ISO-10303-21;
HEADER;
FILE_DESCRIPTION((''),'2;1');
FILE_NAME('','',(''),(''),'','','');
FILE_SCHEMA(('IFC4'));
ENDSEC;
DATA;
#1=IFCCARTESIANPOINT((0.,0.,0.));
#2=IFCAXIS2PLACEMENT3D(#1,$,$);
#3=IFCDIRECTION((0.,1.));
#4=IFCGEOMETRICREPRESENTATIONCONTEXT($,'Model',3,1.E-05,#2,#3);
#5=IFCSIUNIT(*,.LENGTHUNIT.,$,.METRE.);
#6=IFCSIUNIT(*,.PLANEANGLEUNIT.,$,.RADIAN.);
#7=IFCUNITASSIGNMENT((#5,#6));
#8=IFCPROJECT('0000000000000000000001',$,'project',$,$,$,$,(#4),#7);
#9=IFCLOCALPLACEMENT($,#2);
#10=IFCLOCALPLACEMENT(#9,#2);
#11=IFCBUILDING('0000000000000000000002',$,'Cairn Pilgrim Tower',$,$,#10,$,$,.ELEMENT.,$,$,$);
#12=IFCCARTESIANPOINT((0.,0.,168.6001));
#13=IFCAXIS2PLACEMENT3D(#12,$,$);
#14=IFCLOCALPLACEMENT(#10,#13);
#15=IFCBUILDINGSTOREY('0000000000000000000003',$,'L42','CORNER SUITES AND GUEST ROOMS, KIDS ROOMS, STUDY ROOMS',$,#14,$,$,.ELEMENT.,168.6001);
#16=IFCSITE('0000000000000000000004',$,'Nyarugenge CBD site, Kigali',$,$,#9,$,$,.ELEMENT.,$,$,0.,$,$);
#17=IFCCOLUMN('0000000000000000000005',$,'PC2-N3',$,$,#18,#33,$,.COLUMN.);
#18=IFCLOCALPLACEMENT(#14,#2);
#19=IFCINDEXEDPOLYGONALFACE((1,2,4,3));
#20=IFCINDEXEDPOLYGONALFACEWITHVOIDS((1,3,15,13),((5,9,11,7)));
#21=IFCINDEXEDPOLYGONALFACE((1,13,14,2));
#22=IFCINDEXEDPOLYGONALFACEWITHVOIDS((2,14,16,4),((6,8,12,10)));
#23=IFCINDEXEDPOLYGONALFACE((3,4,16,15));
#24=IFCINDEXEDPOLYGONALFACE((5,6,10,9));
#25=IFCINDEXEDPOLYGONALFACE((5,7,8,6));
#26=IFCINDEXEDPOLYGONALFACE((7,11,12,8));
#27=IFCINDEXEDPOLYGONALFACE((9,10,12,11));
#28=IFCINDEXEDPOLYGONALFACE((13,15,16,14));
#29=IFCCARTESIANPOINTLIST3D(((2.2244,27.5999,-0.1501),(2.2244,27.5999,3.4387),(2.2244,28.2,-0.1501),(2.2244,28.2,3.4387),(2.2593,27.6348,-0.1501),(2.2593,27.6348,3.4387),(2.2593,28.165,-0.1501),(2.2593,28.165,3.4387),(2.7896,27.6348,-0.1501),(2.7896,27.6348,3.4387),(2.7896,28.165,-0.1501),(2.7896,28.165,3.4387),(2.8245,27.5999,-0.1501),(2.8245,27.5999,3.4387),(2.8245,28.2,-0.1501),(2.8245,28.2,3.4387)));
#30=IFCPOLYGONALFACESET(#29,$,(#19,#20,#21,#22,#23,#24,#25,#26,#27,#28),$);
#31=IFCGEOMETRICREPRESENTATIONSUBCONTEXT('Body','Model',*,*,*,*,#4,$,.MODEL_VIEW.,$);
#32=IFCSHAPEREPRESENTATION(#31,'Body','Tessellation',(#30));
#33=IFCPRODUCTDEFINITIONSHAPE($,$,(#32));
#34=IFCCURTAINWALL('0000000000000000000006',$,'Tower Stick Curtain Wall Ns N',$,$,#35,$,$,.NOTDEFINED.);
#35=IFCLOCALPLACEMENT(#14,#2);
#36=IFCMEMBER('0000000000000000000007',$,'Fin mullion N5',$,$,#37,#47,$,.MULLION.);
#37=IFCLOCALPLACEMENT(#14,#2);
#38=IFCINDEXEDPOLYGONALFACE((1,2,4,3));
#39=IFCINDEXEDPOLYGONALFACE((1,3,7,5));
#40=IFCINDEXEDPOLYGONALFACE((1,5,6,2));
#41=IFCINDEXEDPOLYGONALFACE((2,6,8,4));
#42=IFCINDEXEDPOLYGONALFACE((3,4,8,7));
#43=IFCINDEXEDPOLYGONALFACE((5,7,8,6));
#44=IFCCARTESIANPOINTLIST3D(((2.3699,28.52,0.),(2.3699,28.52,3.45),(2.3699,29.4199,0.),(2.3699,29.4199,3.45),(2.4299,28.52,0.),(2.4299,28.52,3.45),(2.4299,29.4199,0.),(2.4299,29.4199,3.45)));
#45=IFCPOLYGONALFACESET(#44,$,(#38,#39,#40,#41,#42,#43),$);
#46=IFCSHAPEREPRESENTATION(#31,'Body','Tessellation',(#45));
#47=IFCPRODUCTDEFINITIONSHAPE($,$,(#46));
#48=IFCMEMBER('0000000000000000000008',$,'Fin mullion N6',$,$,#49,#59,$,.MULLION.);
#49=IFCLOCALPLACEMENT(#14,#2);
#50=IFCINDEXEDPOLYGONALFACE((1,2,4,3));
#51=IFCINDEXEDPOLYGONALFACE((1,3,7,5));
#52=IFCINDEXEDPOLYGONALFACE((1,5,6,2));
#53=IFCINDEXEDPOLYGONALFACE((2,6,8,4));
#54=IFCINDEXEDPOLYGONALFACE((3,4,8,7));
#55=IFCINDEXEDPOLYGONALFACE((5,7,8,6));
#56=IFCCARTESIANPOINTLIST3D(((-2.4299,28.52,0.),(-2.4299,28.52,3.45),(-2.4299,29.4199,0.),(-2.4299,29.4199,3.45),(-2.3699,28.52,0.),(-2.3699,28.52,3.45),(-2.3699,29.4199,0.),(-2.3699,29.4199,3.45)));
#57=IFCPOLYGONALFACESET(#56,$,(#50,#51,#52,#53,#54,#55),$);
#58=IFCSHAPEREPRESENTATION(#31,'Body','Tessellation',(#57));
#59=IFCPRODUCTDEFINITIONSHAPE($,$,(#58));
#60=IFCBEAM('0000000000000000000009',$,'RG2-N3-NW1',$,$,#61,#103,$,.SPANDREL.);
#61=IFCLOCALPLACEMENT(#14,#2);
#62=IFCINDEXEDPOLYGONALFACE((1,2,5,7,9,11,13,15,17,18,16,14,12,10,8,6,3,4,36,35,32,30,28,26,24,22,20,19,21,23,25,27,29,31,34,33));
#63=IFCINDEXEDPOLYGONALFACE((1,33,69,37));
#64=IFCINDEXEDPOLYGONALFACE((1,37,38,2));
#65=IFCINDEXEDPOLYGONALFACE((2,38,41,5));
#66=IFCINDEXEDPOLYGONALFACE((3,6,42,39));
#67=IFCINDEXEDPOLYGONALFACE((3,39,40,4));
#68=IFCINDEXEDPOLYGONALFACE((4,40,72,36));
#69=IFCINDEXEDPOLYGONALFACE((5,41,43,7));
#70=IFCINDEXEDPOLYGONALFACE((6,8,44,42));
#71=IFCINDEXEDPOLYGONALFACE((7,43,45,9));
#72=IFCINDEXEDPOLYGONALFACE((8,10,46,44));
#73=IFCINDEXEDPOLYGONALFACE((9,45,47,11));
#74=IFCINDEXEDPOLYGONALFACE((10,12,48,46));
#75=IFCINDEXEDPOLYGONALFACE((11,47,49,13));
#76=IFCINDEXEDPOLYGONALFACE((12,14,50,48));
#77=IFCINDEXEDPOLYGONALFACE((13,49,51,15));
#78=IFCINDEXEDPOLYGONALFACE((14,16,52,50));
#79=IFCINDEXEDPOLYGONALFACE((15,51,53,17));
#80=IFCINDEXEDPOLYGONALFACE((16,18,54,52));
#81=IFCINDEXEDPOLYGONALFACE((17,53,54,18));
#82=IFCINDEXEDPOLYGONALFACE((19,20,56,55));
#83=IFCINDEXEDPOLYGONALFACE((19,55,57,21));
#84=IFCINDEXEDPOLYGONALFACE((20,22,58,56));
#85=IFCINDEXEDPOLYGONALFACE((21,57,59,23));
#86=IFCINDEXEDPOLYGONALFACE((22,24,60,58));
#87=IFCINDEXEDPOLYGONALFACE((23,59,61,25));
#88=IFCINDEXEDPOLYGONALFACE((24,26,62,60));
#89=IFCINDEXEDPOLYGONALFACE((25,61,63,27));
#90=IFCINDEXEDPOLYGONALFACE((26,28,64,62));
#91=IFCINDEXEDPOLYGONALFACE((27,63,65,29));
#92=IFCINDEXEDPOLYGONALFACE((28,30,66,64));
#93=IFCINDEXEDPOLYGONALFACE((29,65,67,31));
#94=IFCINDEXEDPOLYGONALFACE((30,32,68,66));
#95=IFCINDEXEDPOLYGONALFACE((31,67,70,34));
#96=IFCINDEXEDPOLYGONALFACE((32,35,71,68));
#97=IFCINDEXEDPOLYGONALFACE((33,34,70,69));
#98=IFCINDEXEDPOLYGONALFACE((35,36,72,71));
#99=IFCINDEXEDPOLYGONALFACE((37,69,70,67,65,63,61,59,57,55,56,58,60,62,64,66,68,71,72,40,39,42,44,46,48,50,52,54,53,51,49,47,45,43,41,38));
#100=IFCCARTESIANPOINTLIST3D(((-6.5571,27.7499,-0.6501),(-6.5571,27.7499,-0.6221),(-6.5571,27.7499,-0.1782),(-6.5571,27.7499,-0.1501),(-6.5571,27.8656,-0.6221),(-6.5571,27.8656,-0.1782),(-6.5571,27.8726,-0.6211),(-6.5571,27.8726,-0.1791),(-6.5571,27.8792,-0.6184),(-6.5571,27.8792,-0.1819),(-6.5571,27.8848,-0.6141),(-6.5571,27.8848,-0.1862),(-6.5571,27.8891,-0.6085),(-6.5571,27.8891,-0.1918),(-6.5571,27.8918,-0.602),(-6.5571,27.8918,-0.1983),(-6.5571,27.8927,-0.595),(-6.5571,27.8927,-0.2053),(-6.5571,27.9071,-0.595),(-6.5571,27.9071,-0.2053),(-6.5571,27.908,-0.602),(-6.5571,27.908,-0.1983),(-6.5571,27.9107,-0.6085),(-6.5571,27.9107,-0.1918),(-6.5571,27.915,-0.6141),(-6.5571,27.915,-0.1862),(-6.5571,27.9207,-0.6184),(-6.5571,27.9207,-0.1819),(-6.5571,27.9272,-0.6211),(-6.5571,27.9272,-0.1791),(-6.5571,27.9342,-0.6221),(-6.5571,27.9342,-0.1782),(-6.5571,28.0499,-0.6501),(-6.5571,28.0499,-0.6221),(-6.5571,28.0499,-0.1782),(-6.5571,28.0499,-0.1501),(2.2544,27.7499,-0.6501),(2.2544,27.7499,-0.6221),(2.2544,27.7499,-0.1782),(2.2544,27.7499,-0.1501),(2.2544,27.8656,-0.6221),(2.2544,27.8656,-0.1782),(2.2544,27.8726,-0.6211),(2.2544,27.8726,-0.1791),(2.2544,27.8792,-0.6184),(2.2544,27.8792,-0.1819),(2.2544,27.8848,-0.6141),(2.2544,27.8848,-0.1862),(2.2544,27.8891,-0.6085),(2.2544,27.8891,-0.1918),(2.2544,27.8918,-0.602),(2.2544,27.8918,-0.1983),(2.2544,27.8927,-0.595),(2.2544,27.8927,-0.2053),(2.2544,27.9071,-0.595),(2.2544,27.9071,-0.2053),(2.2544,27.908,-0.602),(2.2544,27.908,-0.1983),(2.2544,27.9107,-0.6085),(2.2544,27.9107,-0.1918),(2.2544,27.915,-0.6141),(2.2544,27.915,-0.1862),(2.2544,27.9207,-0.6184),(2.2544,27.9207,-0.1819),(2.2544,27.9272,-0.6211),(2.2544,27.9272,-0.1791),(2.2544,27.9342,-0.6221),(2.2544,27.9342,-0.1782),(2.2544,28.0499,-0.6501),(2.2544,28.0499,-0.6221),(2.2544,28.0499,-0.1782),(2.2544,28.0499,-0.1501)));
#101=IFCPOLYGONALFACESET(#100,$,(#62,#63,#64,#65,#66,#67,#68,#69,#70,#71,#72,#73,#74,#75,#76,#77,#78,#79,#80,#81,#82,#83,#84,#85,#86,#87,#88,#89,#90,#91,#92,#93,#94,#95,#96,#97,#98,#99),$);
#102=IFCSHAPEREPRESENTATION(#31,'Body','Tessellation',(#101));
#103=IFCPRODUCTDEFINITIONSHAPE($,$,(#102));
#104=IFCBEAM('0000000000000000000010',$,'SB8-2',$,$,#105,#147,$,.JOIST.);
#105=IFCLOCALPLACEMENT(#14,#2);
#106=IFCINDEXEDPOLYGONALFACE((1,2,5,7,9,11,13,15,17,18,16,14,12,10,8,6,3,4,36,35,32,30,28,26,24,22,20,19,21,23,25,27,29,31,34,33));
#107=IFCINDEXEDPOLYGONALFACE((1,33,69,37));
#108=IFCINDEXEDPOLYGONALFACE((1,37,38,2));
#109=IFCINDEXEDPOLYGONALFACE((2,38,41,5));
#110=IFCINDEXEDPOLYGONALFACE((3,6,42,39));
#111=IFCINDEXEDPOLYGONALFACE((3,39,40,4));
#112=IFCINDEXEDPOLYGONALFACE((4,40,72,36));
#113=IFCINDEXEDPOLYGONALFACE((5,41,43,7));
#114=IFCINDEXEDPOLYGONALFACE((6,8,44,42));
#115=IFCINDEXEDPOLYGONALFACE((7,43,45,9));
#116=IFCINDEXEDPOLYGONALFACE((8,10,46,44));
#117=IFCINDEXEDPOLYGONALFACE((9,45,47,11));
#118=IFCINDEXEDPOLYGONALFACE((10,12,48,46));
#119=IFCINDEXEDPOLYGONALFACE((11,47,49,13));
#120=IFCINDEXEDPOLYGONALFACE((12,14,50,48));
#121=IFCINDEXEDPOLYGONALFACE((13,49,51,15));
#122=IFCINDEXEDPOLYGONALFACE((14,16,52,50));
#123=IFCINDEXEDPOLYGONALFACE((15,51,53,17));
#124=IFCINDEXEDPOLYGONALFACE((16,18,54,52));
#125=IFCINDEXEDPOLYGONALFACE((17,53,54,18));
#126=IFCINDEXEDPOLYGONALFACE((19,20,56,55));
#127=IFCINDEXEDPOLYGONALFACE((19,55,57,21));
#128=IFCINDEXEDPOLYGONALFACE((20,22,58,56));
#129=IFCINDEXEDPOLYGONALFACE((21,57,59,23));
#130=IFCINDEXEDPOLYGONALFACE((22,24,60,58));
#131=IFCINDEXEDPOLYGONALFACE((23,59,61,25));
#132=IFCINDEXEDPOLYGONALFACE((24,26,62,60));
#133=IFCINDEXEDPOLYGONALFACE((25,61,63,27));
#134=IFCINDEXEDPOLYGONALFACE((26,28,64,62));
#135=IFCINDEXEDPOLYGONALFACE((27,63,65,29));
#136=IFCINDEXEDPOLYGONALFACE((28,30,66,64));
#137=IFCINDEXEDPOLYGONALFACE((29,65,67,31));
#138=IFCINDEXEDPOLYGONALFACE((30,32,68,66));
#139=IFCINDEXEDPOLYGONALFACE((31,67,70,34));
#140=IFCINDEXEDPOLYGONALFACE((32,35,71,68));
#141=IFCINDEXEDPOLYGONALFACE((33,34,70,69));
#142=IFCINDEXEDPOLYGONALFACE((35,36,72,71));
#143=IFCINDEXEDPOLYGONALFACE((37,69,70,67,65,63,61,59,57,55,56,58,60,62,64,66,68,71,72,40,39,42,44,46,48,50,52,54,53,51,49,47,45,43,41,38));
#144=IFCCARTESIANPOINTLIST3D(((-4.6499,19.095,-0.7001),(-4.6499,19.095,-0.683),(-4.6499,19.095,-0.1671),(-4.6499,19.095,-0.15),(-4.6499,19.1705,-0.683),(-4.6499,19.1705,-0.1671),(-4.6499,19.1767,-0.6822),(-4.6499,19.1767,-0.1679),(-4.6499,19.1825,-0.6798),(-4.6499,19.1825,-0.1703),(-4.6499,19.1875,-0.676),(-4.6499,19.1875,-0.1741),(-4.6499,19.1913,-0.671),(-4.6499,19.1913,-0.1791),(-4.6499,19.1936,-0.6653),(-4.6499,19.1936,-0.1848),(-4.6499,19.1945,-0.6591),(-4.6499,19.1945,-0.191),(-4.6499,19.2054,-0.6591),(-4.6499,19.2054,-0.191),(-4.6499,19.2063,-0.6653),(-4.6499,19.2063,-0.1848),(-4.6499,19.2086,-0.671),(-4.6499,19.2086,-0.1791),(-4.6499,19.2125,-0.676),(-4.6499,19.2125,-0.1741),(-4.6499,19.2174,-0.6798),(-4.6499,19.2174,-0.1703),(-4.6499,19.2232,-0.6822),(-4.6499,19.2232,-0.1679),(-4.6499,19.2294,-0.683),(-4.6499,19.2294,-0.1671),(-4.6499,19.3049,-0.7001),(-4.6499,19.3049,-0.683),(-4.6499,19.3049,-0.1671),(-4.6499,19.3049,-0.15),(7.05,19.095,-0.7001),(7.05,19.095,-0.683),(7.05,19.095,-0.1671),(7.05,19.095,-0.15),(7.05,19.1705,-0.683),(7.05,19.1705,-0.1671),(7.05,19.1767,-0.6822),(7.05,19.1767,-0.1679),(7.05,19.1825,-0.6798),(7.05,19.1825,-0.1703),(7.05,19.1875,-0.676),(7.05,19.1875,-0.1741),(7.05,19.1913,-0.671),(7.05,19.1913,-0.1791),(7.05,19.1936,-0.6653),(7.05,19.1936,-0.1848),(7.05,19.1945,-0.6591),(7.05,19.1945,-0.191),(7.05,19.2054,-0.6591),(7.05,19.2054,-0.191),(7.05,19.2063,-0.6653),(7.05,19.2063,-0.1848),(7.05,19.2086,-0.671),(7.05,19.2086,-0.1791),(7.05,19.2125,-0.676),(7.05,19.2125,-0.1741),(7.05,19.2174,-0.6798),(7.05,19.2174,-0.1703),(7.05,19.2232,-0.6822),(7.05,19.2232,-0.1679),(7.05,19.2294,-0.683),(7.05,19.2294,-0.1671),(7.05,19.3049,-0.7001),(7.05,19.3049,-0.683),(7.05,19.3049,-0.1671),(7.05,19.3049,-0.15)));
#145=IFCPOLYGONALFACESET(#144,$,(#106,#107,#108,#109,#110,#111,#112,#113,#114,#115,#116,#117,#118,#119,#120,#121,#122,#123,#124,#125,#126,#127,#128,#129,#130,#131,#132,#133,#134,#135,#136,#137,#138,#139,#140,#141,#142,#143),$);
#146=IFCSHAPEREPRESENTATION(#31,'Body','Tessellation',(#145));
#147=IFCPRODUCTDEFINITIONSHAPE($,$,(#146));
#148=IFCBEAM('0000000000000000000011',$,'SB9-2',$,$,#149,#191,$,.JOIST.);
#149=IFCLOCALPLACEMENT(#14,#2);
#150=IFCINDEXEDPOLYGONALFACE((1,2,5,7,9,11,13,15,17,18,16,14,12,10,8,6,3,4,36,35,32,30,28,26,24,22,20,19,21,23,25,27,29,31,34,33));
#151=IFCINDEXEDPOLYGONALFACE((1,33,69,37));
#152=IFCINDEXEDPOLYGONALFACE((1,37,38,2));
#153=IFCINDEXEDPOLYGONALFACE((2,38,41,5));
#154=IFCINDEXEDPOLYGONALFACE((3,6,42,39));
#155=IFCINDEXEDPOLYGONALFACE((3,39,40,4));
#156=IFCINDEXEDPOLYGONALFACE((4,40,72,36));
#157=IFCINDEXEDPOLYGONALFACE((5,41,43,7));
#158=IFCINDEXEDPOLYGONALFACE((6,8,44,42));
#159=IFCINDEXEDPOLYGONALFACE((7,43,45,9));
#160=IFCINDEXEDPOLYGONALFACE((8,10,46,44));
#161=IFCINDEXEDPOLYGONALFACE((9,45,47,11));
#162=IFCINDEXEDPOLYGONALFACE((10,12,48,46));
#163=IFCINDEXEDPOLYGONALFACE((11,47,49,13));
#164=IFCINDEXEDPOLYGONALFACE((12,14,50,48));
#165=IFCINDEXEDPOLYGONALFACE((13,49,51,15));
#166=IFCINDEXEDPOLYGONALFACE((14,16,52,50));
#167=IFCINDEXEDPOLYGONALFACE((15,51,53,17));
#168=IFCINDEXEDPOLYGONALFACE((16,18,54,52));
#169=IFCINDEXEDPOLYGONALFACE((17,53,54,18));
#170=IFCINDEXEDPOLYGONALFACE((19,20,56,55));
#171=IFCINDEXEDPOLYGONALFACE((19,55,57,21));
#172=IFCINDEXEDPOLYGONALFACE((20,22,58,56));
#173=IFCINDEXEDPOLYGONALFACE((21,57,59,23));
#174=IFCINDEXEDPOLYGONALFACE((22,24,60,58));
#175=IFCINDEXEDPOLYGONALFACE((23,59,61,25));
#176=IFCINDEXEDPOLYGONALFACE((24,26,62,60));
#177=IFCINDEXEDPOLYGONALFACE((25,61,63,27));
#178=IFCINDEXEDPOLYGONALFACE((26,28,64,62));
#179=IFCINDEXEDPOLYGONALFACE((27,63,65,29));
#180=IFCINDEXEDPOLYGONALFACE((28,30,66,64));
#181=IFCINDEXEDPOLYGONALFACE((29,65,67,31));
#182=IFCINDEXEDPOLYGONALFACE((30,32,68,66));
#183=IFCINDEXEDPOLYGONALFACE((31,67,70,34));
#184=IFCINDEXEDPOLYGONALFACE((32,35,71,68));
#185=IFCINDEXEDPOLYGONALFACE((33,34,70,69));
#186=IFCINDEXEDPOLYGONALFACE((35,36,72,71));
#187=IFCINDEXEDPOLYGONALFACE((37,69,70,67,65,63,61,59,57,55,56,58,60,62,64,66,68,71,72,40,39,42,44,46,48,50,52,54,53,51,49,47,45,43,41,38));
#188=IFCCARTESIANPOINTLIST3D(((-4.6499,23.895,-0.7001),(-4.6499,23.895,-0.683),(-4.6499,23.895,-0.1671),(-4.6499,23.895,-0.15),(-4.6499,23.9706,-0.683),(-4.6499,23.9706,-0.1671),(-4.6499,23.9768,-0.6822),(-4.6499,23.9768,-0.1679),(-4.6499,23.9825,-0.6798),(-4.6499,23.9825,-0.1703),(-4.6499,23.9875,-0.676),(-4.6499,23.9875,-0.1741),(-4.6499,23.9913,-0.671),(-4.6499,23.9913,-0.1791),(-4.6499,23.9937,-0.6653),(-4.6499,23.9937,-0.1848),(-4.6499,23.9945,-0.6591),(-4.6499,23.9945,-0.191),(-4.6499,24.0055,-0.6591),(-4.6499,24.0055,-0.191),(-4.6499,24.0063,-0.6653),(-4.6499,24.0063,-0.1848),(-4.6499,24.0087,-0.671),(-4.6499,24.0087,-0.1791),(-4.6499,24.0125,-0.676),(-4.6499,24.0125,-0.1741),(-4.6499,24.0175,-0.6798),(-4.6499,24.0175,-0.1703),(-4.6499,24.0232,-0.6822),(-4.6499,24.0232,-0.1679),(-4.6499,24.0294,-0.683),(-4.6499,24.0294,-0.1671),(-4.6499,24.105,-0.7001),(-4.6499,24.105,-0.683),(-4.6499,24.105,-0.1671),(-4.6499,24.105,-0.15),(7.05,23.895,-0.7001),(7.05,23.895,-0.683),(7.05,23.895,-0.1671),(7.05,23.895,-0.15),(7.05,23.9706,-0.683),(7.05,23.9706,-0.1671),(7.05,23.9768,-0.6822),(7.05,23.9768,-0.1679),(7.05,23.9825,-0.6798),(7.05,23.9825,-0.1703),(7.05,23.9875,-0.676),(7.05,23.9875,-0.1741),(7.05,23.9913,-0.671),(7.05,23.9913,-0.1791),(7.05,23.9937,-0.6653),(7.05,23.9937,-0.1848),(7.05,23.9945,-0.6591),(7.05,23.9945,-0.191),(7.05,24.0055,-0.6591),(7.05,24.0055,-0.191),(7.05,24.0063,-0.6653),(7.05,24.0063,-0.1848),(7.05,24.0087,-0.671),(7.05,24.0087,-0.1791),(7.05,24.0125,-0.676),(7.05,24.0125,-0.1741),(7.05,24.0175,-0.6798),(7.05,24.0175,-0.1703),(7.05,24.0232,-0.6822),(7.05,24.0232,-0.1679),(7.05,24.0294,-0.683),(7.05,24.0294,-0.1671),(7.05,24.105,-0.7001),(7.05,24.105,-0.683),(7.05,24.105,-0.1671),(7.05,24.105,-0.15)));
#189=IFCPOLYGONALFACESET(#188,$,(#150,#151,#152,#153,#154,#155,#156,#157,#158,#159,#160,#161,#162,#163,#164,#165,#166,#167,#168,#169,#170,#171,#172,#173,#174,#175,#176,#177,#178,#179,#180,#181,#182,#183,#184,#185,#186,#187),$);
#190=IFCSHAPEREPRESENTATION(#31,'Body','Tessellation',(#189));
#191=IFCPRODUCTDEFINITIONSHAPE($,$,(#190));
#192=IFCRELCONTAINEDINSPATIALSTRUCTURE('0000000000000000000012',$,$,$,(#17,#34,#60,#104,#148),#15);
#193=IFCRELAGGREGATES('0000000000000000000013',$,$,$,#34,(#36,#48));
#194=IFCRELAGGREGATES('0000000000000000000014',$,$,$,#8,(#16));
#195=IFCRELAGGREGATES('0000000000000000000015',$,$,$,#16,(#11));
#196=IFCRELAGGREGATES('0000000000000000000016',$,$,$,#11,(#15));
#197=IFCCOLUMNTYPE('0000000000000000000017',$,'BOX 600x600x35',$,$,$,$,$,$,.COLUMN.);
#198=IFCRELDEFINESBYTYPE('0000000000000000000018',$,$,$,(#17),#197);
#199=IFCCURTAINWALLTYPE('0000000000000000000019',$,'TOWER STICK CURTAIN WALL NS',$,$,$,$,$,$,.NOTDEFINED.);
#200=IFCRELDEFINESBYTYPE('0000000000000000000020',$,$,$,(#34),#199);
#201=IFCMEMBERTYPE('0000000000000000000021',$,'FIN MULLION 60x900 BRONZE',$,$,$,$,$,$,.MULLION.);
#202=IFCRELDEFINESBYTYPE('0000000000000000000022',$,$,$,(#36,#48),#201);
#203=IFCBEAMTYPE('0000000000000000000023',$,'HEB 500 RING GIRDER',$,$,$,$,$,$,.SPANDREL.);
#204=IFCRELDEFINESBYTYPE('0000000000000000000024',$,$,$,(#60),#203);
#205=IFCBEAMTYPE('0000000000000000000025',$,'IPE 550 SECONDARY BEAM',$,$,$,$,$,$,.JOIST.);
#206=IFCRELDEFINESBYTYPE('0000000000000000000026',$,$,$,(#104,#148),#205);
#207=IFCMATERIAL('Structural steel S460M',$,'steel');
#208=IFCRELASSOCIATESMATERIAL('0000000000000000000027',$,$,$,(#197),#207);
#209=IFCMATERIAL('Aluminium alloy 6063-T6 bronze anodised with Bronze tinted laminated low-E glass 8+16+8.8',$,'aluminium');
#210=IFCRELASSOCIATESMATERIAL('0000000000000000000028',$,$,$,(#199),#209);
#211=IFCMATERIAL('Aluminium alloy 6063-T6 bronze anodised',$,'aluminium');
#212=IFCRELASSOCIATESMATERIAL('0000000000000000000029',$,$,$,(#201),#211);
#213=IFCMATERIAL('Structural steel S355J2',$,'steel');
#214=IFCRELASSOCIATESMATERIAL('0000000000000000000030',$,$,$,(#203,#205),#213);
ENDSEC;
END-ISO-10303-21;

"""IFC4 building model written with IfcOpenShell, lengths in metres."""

from ifc_helpers import new_model, si_unit, direction, frame, origin, origin_2d, place, context, subcontext, project, spatial, rectangle, hollow_rectangle, i_section, extrude, clip, halfspace, material, material_profile, profile_set, type_object, element, aggregate, save


model = new_model("IFC4")

# Units and contexts
model_context = context("Model", 3, precision=1e-05, world=origin(), true_north=direction((0.0, 1.0)))
body_context = subcontext(model_context, "Body", "Model", "MODEL_VIEW")
ifc_project = project(units=[si_unit("LENGTHUNIT", "METRE"), si_unit("PLANEANGLEUNIT", "RADIAN")], contexts=[model_context])

# Site, building, storey
site_placement = place(None, origin())
site = spatial("IfcSite", under=ifc_project, at=site_placement, Name="Nyarugenge CBD site, Kigali", CompositionType="ELEMENT", RefElevation=0.0)
building_placement = place(site_placement, origin())
building = spatial("IfcBuilding", under=site, at=building_placement, Name="Cairn Pilgrim Tower", CompositionType="ELEMENT")
storey_placement = place(building_placement, frame((0.0, 0.0, 168.6001)))
storey = spatial("IfcBuildingStorey", under=building, at=storey_placement, Name="L42", Description="CORNER SUITES AND GUEST ROOMS, KIDS ROOMS, STUDY ROOMS", CompositionType="ELEMENT", Elevation=168.6001)

# Column
ifc_material_1 = material(Name="Structural steel S460M", Category="steel")
ifc_material_profile_1 = material_profile(ifc_material_1, hollow_rectangle(XDim=0.6001, YDim=0.6001, WallThickness=0.0349, at=origin_2d()), Name="BOX 600x600x35")
ifc_profile_set_1 = profile_set([ifc_material_profile_1], Name="Structural steel S460M")
column_type = type_object("IfcColumnType", Name="BOX 600x600x35", PredefinedType="COLUMN", material=ifc_profile_set_1)
column_placement = place(storey_placement, frame((2.5244, 27.8999, -0.1501), z_axis=(0.0, 0.0, 1.0), x_axis=(1.0, 0.0, 0.0)))
element("IfcColumn", 1, at=column_placement, inside=storey, type_object=column_type, Name="PC2-N3", PredefinedType="COLUMN", context=body_context, shape_type="Clipping", body=[
    clip(extrude(hollow_rectangle(XDim=0.6001, YDim=0.6001, WallThickness=0.0349, at=origin_2d()), origin(), (0.0, 0.0, 1.0), 3.6001), halfspace(frame((0.0, 0.0, 3.5889), z_axis=(0.0, 0.0, 1.0), x_axis=(1.0, 0.0, 0.0)), False)),
])

# Curtain wall, members
ifc_material_2 = material(Name="Aluminium alloy 6063-T6 bronze anodised with Bronze tinted laminated low-E glass 8+16+8.8", Category="aluminium")
curtain_wall_type = type_object("IfcCurtainWallType", Name="TOWER STICK CURTAIN WALL NS", PredefinedType="NOTDEFINED", material=ifc_material_2)
curtain_wall_placement = place(storey_placement, origin())
curtain_wall = element("IfcCurtainWall", 2, at=curtain_wall_placement, inside=storey, type_object=curtain_wall_type, Name="Tower Stick Curtain Wall Ns N", PredefinedType="NOTDEFINED")
ifc_material_3 = material(Name="Aluminium alloy 6063-T6 bronze anodised", Category="aluminium")
ifc_material_profile_2 = material_profile(ifc_material_3, rectangle(XDim=0.8999, YDim=0.0601, at=origin_2d()), Name="FIN MULLION 60x900 BRONZE")
ifc_profile_set_2 = profile_set([ifc_material_profile_2], Name="Aluminium alloy 6063-T6 bronze anodised")
member_type_1 = type_object("IfcMemberType", Name="FIN MULLION 60x900 BRONZE", PredefinedType="MULLION", material=ifc_profile_set_2)
member_1_placement = place(storey_placement, frame((2.3999, 28.97, 0.0), z_axis=(0.0, 0.0, 1.0), x_axis=(0.0, 1.0, 0.0)))
member_1 = element("IfcMember", 3, at=member_1_placement, type_object=member_type_1, Name="Fin mullion N5", PredefinedType="MULLION", context=body_context, shape_type="SweptSolid", body=[
    extrude(rectangle(XDim=0.8999, YDim=0.0601, at=origin_2d()), origin(), (0.0, 0.0, 1.0), 3.45),
])
member_2_placement = place(storey_placement, frame((-2.3999, 28.97, 0.0), z_axis=(0.0, 0.0, 1.0), x_axis=(0.0, 1.0, 0.0)))
member_2 = element("IfcMember", 4, at=member_2_placement, type_object=member_type_1, Name="Fin mullion N6", PredefinedType="MULLION", context=body_context, shape_type="SweptSolid", body=[
    extrude(rectangle(XDim=0.8999, YDim=0.0601, at=origin_2d()), origin(), (0.0, 0.0, 1.0), 3.45),
])

# Beams
ifc_material_4 = material(Name="Structural steel S355J2", Category="steel")
ifc_material_profile_3 = material_profile(ifc_material_4, i_section(OverallWidth=0.3, OverallDepth=0.5, WebThickness=0.0144, FlangeThickness=0.0281, FilletRadius=0.0271, at=origin_2d()), Name="HEB 500")
ifc_profile_set_3 = profile_set([ifc_material_profile_3], Name="Structural steel S355J2")
beam_type_1 = type_object("IfcBeamType", Name="HEB 500 RING GIRDER", PredefinedType="SPANDREL", material=ifc_profile_set_3)
beam_placement = place(storey_placement, frame((2.2544, 27.8999, -0.4001), z_axis=(-1.0, 0.0, 0.0), x_axis=(0.0, -1.0, 0.0)))
element("IfcBeam", 5, at=beam_placement, inside=storey, type_object=beam_type_1, Name="RG2-N3-NW1", PredefinedType="SPANDREL", context=body_context, shape_type="SweptSolid", body=[
    extrude(i_section(OverallWidth=0.3, OverallDepth=0.5, WebThickness=0.0144, FlangeThickness=0.0281, FilletRadius=0.0271, at=origin_2d()), origin(), (0.0, 0.0, 1.0), 8.8115),
])
ifc_material_profile_4 = material_profile(ifc_material_4, i_section(OverallWidth=0.21, OverallDepth=0.55, WebThickness=0.011, FlangeThickness=0.0171, FilletRadius=0.0239, at=origin_2d()), Name="IPE 550")
ifc_profile_set_4 = profile_set([ifc_material_profile_4], Name="Structural steel S355J2")
beam_type_2 = type_object("IfcBeamType", Name="IPE 550 SECONDARY BEAM", PredefinedType="JOIST", material=ifc_profile_set_4)
for number, where, z_axis, x_axis, name in (
    (6, (-4.6499, 19.2, -0.425), (1.0, 0.0, 0.0), (0.0, 1.0, 0.0), "SB8-2"),
    (7, (-4.6499, 24.0, -0.425), (1.0, 0.0, 0.0), (0.0, 1.0, 0.0), "SB9-2"),
):
    element("IfcBeam", number, at=place(storey_placement, frame(where, z_axis=z_axis, x_axis=x_axis)), inside=storey, type_object=beam_type_2, Name=name, PredefinedType="JOIST", context=body_context, shape_type="SweptSolid", body=[
        extrude(i_section(OverallWidth=0.21, OverallDepth=0.55, WebThickness=0.011, FlangeThickness=0.0171, FilletRadius=0.0239, at=origin_2d()), origin(), (0.0, 0.0, 1.0), 11.7),
    ])

aggregate(curtain_wall, [member_1, member_2])

save(model, "model.ifc")
